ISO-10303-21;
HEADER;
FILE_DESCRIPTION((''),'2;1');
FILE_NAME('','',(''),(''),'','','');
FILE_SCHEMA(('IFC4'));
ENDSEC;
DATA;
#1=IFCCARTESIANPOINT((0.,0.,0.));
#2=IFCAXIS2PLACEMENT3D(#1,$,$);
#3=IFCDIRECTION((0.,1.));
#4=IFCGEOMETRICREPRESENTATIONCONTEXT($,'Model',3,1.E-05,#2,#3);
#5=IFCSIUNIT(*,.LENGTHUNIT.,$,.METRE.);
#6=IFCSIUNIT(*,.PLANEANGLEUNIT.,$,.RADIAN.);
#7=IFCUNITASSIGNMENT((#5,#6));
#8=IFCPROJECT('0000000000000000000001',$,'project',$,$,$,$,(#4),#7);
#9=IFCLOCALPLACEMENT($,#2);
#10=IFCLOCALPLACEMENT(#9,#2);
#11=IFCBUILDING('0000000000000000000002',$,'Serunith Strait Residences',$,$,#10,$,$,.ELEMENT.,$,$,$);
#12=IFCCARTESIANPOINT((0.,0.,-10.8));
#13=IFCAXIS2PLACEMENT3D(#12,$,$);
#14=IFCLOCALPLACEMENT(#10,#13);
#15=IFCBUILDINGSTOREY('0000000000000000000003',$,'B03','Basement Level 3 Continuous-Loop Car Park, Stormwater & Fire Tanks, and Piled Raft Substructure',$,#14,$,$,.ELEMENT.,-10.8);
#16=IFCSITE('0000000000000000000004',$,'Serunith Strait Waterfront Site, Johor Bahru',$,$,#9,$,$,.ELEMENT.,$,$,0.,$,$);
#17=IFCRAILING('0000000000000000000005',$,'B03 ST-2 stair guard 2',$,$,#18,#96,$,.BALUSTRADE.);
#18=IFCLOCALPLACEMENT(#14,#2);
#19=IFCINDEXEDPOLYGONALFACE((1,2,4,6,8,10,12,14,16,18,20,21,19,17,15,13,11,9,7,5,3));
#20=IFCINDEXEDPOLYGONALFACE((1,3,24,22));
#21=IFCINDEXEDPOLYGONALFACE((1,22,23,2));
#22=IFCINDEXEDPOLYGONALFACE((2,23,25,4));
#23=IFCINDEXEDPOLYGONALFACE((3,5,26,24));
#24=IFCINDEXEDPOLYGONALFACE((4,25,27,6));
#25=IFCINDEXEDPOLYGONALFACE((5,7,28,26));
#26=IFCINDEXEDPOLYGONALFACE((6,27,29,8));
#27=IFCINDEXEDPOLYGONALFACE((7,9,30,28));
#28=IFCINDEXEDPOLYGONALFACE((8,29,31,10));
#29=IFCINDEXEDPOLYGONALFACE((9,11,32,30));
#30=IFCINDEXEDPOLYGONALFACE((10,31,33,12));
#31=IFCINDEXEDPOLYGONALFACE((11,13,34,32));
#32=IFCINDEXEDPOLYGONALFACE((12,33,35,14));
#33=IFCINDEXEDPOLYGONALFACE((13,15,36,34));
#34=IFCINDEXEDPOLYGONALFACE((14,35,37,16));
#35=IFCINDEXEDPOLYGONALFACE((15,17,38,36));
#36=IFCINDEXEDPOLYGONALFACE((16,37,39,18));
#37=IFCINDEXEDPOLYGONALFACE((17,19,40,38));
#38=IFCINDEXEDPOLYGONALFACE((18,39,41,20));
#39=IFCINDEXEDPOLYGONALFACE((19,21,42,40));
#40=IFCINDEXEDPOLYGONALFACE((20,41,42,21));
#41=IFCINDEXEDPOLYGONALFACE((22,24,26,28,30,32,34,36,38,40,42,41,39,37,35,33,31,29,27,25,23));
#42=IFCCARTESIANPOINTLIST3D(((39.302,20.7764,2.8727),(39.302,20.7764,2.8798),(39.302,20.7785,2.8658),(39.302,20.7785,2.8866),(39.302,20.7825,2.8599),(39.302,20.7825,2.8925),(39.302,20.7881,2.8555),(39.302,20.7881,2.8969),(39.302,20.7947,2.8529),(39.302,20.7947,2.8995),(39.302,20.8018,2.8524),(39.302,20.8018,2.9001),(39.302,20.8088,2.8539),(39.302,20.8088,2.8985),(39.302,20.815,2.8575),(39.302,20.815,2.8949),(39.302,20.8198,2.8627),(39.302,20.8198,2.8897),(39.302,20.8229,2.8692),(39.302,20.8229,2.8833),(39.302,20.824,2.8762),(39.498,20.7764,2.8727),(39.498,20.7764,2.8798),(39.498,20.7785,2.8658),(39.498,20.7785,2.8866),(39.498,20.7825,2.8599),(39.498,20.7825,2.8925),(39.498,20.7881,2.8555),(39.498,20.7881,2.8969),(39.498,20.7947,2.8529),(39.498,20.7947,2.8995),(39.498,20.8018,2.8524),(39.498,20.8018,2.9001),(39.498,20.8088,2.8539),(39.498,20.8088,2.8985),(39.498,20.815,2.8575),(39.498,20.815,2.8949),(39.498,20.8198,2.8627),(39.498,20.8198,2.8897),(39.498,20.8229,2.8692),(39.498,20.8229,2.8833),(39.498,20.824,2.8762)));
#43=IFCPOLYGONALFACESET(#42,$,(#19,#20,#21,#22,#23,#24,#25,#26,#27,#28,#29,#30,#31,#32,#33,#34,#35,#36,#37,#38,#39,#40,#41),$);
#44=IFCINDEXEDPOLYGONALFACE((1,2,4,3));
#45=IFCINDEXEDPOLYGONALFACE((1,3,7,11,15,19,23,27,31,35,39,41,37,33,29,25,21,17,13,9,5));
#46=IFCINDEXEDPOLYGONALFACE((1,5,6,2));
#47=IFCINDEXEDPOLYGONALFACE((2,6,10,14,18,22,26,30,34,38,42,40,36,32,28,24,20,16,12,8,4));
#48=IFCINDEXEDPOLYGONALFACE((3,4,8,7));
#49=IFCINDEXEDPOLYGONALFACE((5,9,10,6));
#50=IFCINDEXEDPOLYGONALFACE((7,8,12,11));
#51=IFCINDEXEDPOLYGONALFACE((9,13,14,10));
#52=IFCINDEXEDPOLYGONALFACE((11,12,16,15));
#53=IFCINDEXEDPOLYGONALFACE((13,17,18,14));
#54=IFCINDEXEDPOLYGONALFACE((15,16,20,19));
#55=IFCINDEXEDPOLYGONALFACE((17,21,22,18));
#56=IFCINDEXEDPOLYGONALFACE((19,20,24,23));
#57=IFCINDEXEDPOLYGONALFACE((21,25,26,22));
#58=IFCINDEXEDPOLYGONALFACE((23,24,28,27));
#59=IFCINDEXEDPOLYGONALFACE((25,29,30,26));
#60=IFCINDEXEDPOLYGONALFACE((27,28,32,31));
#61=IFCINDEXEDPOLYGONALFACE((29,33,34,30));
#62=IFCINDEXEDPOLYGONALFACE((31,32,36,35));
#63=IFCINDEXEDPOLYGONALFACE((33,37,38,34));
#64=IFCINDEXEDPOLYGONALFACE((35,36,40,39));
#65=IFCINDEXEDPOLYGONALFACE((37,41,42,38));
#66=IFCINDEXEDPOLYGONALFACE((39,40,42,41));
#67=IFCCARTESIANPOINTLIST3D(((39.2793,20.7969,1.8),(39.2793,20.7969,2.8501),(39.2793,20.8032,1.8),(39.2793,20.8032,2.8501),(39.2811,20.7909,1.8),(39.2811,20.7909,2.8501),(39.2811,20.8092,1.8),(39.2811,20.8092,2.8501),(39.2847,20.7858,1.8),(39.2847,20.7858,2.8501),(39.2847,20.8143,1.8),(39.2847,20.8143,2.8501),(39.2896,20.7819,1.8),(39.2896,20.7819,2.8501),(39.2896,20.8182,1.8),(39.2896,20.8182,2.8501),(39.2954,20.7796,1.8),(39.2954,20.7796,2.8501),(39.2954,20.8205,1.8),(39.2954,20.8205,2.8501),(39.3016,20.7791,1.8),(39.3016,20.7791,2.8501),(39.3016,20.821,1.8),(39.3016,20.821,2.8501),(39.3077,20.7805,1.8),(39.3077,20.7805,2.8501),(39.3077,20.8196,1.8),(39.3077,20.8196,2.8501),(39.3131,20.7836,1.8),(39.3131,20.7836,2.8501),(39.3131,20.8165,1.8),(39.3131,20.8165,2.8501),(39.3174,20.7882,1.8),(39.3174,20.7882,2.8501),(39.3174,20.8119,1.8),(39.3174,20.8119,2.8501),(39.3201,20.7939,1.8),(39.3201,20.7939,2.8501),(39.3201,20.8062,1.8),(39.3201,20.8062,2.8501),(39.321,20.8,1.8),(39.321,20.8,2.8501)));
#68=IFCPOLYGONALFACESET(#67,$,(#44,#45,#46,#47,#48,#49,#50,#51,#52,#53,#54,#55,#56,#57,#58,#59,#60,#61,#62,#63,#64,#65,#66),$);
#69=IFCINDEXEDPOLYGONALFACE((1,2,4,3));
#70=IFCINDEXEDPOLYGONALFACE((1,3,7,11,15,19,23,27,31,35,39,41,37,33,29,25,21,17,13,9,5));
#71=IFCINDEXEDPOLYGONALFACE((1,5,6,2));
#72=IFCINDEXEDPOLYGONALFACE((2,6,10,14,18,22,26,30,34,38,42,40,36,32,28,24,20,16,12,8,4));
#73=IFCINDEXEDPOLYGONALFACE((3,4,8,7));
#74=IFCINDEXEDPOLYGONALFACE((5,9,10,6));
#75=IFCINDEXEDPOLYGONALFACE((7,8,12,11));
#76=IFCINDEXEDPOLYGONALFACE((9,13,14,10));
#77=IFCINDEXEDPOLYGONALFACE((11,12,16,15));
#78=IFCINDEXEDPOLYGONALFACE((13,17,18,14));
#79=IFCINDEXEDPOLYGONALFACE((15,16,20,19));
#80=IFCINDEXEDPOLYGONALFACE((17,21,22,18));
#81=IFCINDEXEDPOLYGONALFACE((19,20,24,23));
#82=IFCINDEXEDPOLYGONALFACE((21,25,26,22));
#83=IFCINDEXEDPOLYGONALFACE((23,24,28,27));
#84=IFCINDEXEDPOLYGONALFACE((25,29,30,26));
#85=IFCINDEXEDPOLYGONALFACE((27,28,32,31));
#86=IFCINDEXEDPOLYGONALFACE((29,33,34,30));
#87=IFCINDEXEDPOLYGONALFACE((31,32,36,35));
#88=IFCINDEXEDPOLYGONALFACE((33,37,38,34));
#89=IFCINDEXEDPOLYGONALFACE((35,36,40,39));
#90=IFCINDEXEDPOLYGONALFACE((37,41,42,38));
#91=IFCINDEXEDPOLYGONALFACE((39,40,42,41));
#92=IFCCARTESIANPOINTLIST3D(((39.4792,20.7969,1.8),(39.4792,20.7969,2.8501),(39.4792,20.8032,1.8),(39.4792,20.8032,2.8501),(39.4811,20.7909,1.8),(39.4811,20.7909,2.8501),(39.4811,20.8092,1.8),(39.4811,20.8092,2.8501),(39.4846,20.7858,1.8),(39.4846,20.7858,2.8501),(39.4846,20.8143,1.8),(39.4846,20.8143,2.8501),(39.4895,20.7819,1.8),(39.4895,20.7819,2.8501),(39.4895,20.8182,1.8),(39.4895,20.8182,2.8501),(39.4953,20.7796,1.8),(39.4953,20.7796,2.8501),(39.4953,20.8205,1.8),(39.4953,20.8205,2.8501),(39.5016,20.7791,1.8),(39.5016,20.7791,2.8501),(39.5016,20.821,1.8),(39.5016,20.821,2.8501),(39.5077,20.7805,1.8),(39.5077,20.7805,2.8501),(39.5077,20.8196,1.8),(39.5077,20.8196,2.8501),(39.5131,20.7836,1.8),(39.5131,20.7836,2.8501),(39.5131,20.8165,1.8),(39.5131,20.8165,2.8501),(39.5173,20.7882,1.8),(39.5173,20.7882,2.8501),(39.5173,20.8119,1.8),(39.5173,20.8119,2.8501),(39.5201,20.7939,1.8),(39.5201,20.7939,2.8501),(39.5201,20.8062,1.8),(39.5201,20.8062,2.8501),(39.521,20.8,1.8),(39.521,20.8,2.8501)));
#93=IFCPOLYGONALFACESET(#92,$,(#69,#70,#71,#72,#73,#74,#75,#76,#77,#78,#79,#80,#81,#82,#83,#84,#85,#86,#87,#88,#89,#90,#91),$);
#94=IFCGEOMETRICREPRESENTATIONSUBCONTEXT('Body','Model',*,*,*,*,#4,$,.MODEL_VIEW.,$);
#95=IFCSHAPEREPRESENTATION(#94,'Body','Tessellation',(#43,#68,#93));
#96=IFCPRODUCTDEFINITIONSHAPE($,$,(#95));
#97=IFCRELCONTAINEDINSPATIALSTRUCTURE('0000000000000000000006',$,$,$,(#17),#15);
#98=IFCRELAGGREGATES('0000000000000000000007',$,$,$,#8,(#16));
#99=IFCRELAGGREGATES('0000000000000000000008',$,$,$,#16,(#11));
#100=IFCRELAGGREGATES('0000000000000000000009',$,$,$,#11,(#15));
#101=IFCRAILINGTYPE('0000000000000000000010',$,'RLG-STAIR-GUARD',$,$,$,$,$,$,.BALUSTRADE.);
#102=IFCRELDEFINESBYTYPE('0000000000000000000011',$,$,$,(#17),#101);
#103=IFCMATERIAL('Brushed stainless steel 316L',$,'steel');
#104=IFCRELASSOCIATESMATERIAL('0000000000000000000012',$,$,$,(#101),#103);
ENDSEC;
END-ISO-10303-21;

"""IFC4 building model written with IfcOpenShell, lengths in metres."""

from ifc_helpers import new_model, si_unit, direction, frame, origin, origin_2d, place, context, subcontext, project, spatial, circle, extrude, material, type_object, element, save


model = new_model("IFC4")

# Units and contexts
model_context = context("Model", 3, precision=1e-05, world=origin(), true_north=direction((0.0, 1.0)))
body_context = subcontext(model_context, "Body", "Model", "MODEL_VIEW")
ifc_project = project(units=[si_unit("LENGTHUNIT", "METRE"), si_unit("PLANEANGLEUNIT", "RADIAN")], contexts=[model_context])

# Site, building, storey
site_placement = place(None, origin())
site = spatial("IfcSite", under=ifc_project, at=site_placement, Name="Serunith Strait Waterfront Site, Johor Bahru", CompositionType="ELEMENT", RefElevation=0.0)
building_placement = place(site_placement, origin())
building = spatial("IfcBuilding", under=site, at=building_placement, Name="Serunith Strait Residences", CompositionType="ELEMENT")
storey_placement = place(building_placement, frame((0.0, 0.0, -10.8)))
storey = spatial("IfcBuildingStorey", under=building, at=storey_placement, Name="B03", Description="Basement Level 3 Continuous-Loop Car Park, Stormwater & Fire Tanks, and Piled Raft Substructure", CompositionType="ELEMENT", Elevation=-10.8)

# Railing
ifc_material_1 = material(Name="Brushed stainless steel 316L", Category="steel")
railing_type_1 = type_object("IfcRailingType", Name="RLG-STAIR-GUARD", PredefinedType="BALUSTRADE", material=ifc_material_1)
railing_1_placement = place(storey_placement, frame((39.3, 20.8, 1.8)))
element("IfcRailing", 1, at=railing_1_placement, inside=storey, type_object=railing_type_1, Name="B03 ST-2 stair guard 2", PredefinedType="BALUSTRADE", context=body_context, shape_type="SweptSolid", body=[
    extrude(circle(Radius=0.0239, at=origin_2d()), frame((0.002, 0.0, 1.0762), z_axis=(1.0, 0.0, 0.0), x_axis=(0.0, 1.0, 0.0)), (0.0, 0.0, 1.0), 0.196),
    extrude(circle(Radius=0.021, at=origin_2d()), origin(), (0.0, 0.0, 1.0), 1.05),
    extrude(circle(Radius=0.021, at=origin_2d()), frame((0.2, 0.0, 0.0)), (0.0, 0.0, 1.0), 1.05),
])

save(model, "model.ifc")
